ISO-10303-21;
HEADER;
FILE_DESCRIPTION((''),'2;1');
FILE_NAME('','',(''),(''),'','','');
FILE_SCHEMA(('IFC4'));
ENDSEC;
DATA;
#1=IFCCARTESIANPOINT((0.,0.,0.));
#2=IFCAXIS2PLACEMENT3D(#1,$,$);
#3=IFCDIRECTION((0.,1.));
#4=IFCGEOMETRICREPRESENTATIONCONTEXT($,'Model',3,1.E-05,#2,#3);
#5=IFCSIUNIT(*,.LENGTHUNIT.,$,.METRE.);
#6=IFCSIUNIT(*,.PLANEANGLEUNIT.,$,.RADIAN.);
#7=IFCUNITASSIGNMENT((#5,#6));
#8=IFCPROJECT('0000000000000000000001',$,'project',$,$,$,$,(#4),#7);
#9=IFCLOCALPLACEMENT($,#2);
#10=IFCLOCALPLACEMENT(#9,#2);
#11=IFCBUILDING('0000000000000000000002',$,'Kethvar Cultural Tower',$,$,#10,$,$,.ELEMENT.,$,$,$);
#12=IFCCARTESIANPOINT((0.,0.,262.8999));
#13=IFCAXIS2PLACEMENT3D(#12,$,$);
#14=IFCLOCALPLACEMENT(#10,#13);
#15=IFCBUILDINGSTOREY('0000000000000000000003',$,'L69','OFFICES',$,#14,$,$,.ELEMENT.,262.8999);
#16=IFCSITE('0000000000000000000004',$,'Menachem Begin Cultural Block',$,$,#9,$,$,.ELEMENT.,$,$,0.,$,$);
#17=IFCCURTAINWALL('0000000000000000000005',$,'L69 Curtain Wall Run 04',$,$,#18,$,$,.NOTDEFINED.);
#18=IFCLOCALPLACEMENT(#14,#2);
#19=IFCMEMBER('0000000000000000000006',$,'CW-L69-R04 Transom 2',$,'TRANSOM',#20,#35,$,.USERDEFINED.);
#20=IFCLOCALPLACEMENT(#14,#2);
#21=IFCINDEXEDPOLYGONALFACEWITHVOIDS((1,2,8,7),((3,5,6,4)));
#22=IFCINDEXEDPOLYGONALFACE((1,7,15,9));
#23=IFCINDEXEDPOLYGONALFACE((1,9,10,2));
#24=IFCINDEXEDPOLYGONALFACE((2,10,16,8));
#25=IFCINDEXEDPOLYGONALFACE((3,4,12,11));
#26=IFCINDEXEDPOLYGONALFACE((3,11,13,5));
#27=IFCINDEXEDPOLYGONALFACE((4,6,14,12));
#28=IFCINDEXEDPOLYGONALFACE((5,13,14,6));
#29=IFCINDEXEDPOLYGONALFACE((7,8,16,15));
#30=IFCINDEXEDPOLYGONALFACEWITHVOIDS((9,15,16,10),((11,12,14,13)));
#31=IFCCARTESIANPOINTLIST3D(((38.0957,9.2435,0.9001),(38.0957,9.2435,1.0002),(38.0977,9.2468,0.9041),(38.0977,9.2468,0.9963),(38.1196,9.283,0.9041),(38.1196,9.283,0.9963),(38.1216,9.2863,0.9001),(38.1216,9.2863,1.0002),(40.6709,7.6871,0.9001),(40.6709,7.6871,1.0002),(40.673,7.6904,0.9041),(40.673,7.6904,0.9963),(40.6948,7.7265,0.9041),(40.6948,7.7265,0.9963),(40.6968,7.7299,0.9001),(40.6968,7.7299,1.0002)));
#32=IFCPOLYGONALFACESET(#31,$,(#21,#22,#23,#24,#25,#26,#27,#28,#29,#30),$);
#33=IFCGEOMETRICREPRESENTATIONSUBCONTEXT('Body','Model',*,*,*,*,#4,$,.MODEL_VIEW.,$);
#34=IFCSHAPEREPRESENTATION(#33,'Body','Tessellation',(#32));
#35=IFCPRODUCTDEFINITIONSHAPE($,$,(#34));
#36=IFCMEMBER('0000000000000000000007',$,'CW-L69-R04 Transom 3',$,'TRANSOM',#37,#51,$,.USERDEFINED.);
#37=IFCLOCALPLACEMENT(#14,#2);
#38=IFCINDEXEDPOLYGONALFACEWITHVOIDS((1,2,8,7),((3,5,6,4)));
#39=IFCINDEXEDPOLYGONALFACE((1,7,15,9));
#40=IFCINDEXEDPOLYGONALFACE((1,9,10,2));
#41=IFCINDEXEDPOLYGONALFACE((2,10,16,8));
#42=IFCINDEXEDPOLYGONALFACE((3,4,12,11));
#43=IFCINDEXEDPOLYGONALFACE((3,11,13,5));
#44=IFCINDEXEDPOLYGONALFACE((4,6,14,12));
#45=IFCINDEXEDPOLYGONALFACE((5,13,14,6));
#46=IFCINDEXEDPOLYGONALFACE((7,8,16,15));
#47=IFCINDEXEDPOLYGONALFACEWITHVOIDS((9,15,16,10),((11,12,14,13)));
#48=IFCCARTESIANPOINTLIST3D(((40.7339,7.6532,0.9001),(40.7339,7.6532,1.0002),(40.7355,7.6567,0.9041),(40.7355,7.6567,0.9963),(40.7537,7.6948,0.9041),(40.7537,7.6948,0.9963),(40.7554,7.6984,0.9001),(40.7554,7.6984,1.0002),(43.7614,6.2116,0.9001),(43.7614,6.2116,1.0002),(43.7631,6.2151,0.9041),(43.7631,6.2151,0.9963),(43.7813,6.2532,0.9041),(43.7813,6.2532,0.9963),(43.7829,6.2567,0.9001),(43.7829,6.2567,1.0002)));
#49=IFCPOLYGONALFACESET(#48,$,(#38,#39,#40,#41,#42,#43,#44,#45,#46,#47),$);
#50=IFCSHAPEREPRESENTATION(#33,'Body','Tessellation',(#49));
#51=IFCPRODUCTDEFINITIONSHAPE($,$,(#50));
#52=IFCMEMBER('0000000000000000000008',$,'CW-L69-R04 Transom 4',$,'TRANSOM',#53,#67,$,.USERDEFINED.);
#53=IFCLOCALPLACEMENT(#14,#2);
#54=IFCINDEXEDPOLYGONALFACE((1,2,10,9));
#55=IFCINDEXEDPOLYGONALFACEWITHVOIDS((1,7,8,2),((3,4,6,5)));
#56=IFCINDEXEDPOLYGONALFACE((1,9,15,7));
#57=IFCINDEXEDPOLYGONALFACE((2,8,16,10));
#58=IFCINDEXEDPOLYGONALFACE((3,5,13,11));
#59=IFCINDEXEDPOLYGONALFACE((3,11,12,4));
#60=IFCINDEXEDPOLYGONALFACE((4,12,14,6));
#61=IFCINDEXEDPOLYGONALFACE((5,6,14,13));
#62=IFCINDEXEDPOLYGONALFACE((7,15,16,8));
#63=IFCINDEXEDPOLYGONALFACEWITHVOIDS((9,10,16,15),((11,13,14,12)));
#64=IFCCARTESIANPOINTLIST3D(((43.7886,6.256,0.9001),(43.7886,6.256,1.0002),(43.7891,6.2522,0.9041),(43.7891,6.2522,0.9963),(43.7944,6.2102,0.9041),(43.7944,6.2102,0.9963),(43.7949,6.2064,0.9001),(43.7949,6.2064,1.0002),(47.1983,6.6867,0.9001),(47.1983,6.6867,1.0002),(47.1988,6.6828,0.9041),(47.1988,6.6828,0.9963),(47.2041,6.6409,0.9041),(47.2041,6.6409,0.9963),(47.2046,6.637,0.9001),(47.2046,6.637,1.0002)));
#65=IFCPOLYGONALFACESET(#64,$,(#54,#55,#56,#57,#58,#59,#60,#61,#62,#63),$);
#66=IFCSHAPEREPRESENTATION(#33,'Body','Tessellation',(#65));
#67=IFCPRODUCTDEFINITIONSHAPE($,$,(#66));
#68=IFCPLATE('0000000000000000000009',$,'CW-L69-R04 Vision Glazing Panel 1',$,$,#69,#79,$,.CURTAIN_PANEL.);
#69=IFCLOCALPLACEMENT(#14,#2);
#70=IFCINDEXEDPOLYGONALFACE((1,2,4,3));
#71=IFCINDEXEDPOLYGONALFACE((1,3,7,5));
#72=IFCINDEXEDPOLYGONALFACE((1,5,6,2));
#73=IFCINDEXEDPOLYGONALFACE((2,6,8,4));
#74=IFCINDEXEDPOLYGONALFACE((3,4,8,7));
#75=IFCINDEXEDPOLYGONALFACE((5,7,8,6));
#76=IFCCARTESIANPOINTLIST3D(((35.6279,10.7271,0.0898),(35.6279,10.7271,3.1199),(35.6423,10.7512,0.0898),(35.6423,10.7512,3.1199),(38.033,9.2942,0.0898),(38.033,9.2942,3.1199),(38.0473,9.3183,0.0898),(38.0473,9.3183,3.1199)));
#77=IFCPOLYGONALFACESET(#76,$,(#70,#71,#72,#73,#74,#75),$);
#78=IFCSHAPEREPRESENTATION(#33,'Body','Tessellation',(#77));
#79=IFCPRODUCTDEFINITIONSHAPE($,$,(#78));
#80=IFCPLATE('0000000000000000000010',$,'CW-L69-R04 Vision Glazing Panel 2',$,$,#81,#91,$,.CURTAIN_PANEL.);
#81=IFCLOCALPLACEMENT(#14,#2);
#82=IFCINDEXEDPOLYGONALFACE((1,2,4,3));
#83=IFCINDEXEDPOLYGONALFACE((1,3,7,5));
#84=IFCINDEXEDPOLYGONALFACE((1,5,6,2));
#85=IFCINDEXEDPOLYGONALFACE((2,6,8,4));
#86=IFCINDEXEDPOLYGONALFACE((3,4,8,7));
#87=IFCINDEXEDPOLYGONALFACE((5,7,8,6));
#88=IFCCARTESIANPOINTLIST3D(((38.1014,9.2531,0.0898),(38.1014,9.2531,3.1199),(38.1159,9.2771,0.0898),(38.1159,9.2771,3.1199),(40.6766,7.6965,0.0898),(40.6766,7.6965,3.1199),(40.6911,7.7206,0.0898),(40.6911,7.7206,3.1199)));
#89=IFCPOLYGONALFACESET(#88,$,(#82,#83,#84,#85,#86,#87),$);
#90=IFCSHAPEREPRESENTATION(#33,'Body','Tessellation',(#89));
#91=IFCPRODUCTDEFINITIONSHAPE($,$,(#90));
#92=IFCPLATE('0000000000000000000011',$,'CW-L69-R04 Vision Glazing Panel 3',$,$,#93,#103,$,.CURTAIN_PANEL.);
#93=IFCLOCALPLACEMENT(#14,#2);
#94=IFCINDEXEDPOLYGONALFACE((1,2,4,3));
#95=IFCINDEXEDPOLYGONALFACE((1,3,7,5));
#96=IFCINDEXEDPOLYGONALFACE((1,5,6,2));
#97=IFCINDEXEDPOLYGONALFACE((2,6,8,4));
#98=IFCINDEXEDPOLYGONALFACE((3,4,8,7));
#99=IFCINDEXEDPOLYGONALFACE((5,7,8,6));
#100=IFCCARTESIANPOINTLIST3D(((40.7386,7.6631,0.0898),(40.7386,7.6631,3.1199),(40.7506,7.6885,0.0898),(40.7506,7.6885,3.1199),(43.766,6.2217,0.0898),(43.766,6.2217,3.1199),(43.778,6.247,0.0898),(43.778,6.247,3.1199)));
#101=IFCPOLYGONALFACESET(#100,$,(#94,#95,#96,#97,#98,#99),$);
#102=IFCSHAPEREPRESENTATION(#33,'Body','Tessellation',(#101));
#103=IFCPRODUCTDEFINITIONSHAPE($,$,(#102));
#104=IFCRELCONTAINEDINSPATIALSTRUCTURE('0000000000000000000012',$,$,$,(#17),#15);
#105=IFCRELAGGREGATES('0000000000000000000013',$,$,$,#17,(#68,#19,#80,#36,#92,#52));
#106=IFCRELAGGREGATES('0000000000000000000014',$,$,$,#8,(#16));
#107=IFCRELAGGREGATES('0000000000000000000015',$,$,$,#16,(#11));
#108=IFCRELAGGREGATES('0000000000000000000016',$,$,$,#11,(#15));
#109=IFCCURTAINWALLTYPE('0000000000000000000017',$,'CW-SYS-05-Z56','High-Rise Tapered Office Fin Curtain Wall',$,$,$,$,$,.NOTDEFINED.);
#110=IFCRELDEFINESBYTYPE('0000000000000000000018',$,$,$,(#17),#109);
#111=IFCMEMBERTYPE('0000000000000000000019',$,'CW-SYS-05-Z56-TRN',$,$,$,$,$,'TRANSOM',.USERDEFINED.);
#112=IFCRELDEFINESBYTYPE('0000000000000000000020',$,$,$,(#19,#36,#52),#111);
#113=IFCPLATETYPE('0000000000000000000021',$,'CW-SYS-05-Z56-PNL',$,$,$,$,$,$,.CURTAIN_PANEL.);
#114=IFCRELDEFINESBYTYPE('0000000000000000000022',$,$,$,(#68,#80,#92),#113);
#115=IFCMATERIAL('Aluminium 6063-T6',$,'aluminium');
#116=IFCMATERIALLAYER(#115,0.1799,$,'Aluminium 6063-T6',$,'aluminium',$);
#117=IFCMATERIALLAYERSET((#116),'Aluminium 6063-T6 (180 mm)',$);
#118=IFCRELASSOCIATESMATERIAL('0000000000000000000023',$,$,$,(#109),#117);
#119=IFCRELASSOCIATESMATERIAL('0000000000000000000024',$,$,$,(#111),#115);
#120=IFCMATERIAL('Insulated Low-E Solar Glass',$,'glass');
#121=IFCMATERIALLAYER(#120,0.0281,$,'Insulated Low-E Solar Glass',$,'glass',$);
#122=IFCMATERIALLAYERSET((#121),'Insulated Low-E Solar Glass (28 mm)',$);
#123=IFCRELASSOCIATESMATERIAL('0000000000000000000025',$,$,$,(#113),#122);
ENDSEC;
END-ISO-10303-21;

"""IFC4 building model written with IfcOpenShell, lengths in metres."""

from ifc_helpers import new_model, si_unit, direction, frame, origin, origin_2d, place, context, subcontext, project, spatial, rectangle, hollow_rectangle, extrude, source, transform, mapped, material, layer, layer_set, material_profile, profile_set, type_object, element, aggregate, save


model = new_model("IFC4")

# Units and contexts
model_context = context("Model", 3, precision=1e-05, world=origin(), true_north=direction((0.0, 1.0)))
body_context = subcontext(model_context, "Body", "Model", "MODEL_VIEW")
ifc_project = project(units=[si_unit("LENGTHUNIT", "METRE"), si_unit("PLANEANGLEUNIT", "RADIAN")], contexts=[model_context])

# Site, building, storey
site_placement = place(None, origin())
site = spatial("IfcSite", under=ifc_project, at=site_placement, Name="Menachem Begin Cultural Block", CompositionType="ELEMENT", RefElevation=0.0)
building_placement = place(site_placement, origin())
building = spatial("IfcBuilding", under=site, at=building_placement, Name="Kethvar Cultural Tower", CompositionType="ELEMENT")
storey_placement = place(building_placement, frame((0.0, 0.0, 262.8999)))
storey = spatial("IfcBuildingStorey", under=building, at=storey_placement, Name="L69", Description="OFFICES", CompositionType="ELEMENT", Elevation=262.8999)

# Curtain wall, members, plates
ifc_material_1 = material(Name="Aluminium 6063-T6", Category="aluminium")
ifc_layer_1 = layer(ifc_material_1, 0.1799, Name="Aluminium 6063-T6", Category="aluminium")
ifc_layer_set_1 = layer_set([ifc_layer_1], Name="Aluminium 6063-T6 (180 mm)")
curtain_wall_type = type_object("IfcCurtainWallType", Name="CW-SYS-05-Z56", Description="High-Rise Tapered Office Fin Curtain Wall", PredefinedType="NOTDEFINED", material=ifc_layer_set_1)
curtain_wall_placement = place(storey_placement, origin())
curtain_wall = element("IfcCurtainWall", 1, at=curtain_wall_placement, inside=storey, type_object=curtain_wall_type, Name="L69 Curtain Wall Run 04", PredefinedType="NOTDEFINED")
ifc_material_profile_1 = material_profile(ifc_material_1, hollow_rectangle(XDim=0.05, YDim=0.1001, WallThickness=0.0039, at=origin_2d()), Name="Aluminium 6063-T6 — RHS100x50x4")
ifc_profile_set_1 = profile_set([ifc_material_profile_1], Name="Aluminium 6063-T6 — RHS100x50x4")
member_type_1 = type_object("IfcMemberType", Name="CW-SYS-05-Z56-TRN", ElementType="TRANSOM", PredefinedType="USERDEFINED", material=ifc_profile_set_1)
shared_shape_1 = source(origin(), body_context, "Body", "SweptSolid", [
    extrude(hollow_rectangle(XDim=0.05, YDim=0.1001, WallThickness=0.0039, at=origin_2d()), origin(), (0.0, 0.0, 1.0), 3.009),
])
member_1_placement = place(storey_placement, frame((38.1086, 9.2649, 0.9502), z_axis=(0.855835, -0.517249, 0.0), x_axis=(0.517249, 0.855835, 0.0)))
member_1 = element("IfcMember", 2, at=member_1_placement, type_object=member_type_1, Name="CW-L69-R04 Transom 2", ObjectType="TRANSOM", PredefinedType="USERDEFINED", context=body_context, shape_type="MappedRepresentation", body=[
    mapped(shared_shape_1, transform((0.0, 0.0, 0.0), scale=1.0)),
])
shared_shape_2 = source(origin(), body_context, "Body", "SweptSolid", [
    extrude(hollow_rectangle(XDim=0.05, YDim=0.1001, WallThickness=0.0039, at=origin_2d()), origin(), (0.0, 0.0, 1.0), 3.3533),
])
member_2_placement = place(storey_placement, frame((40.7446, 7.6758, 0.9502), z_axis=(0.902867, -0.429919, 0.0), x_axis=(0.429919, 0.902867, 0.0)))
member_2 = element("IfcMember", 3, at=member_2_placement, type_object=member_type_1, Name="CW-L69-R04 Transom 3", ObjectType="TRANSOM", PredefinedType="USERDEFINED", context=body_context, shape_type="MappedRepresentation", body=[
    mapped(shared_shape_2, transform((0.0, 0.0, 0.0), scale=1.0)),
])
shared_shape_3 = source(origin(), body_context, "Body", "SweptSolid", [
    extrude(hollow_rectangle(XDim=0.05, YDim=0.1001, WallThickness=0.0039, at=origin_2d()), origin(), (0.0, 0.0, 1.0), 3.4368),
])
member_3_placement = place(storey_placement, frame((43.7917, 6.2312, 0.9502), z_axis=(0.992117, 0.125311, 0.0), x_axis=(-0.125311, 0.992117, 0.0)))
member_3 = element("IfcMember", 4, at=member_3_placement, type_object=member_type_1, Name="CW-L69-R04 Transom 4", ObjectType="TRANSOM", PredefinedType="USERDEFINED", context=body_context, shape_type="MappedRepresentation", body=[
    mapped(shared_shape_3, transform((0.0, 0.0, 0.0), scale=1.0)),
])
ifc_material_2 = material(Name="Insulated Low-E Solar Glass", Category="glass")
ifc_layer_2 = layer(ifc_material_2, 0.0281, Name="Insulated Low-E Solar Glass", Category="glass")
ifc_layer_set_2 = layer_set([ifc_layer_2], Name="Insulated Low-E Solar Glass (28 mm)")
plate_type = type_object("IfcPlateType", Name="CW-SYS-05-Z56-PNL", PredefinedType="CURTAIN_PANEL", material=ifc_layer_set_2)
shared_shape_4 = source(origin(), body_context, "Body", "SweptSolid", [
    extrude(rectangle(XDim=2.7996, YDim=0.0281, at=origin_2d()), origin(), (0.0, 0.0, 1.0), 3.03),
])
plate_1_placement = place(storey_placement, frame((36.8376, 10.0227, 0.0898), z_axis=(0.0, 0.0, 1.0), x_axis=(0.859076, -0.511848, 0.0)))
plate_1 = element("IfcPlate", 5, at=plate_1_placement, type_object=plate_type, Name="CW-L69-R04 Vision Glazing Panel 1", PredefinedType="CURTAIN_PANEL", context=body_context, shape_type="MappedRepresentation", body=[
    mapped(shared_shape_4, transform((0.0, 0.0, 0.0), scale=1.0)),
])
shared_shape_5 = source(origin(), body_context, "Body", "SweptSolid", [
    extrude(rectangle(XDim=3.009, YDim=0.0281, at=origin_2d()), origin(), (0.0, 0.0, 1.0), 3.03),
])
plate_2_placement = place(storey_placement, frame((39.3962, 8.4868, 0.0898), z_axis=(0.0, 0.0, 1.0), x_axis=(0.855816, -0.51728, 0.0)))
plate_2 = element("IfcPlate", 6, at=plate_2_placement, type_object=plate_type, Name="CW-L69-R04 Vision Glazing Panel 2", PredefinedType="CURTAIN_PANEL", context=body_context, shape_type="MappedRepresentation", body=[
    mapped(shared_shape_5, transform((0.0, 0.0, 0.0), scale=1.0)),
])
shared_shape_6 = source(origin(), body_context, "Body", "SweptSolid", [
    extrude(rectangle(XDim=3.353, YDim=0.0281, at=origin_2d()), origin(), (0.0, 0.0, 1.0), 3.03),
])
plate_3_placement = place(storey_placement, frame((42.2583, 6.9551, 0.0898), z_axis=(0.0, 0.0, 1.0), x_axis=(0.902878, -0.429897, 0.0)))
plate_3 = element("IfcPlate", 7, at=plate_3_placement, type_object=plate_type, Name="CW-L69-R04 Vision Glazing Panel 3", PredefinedType="CURTAIN_PANEL", context=body_context, shape_type="MappedRepresentation", body=[
    mapped(shared_shape_6, transform((0.0, 0.0, 0.0), scale=1.0)),
])
aggregate(curtain_wall, [plate_1, member_1, plate_2, member_2, plate_3, member_3])

save(model, "model.ifc")
